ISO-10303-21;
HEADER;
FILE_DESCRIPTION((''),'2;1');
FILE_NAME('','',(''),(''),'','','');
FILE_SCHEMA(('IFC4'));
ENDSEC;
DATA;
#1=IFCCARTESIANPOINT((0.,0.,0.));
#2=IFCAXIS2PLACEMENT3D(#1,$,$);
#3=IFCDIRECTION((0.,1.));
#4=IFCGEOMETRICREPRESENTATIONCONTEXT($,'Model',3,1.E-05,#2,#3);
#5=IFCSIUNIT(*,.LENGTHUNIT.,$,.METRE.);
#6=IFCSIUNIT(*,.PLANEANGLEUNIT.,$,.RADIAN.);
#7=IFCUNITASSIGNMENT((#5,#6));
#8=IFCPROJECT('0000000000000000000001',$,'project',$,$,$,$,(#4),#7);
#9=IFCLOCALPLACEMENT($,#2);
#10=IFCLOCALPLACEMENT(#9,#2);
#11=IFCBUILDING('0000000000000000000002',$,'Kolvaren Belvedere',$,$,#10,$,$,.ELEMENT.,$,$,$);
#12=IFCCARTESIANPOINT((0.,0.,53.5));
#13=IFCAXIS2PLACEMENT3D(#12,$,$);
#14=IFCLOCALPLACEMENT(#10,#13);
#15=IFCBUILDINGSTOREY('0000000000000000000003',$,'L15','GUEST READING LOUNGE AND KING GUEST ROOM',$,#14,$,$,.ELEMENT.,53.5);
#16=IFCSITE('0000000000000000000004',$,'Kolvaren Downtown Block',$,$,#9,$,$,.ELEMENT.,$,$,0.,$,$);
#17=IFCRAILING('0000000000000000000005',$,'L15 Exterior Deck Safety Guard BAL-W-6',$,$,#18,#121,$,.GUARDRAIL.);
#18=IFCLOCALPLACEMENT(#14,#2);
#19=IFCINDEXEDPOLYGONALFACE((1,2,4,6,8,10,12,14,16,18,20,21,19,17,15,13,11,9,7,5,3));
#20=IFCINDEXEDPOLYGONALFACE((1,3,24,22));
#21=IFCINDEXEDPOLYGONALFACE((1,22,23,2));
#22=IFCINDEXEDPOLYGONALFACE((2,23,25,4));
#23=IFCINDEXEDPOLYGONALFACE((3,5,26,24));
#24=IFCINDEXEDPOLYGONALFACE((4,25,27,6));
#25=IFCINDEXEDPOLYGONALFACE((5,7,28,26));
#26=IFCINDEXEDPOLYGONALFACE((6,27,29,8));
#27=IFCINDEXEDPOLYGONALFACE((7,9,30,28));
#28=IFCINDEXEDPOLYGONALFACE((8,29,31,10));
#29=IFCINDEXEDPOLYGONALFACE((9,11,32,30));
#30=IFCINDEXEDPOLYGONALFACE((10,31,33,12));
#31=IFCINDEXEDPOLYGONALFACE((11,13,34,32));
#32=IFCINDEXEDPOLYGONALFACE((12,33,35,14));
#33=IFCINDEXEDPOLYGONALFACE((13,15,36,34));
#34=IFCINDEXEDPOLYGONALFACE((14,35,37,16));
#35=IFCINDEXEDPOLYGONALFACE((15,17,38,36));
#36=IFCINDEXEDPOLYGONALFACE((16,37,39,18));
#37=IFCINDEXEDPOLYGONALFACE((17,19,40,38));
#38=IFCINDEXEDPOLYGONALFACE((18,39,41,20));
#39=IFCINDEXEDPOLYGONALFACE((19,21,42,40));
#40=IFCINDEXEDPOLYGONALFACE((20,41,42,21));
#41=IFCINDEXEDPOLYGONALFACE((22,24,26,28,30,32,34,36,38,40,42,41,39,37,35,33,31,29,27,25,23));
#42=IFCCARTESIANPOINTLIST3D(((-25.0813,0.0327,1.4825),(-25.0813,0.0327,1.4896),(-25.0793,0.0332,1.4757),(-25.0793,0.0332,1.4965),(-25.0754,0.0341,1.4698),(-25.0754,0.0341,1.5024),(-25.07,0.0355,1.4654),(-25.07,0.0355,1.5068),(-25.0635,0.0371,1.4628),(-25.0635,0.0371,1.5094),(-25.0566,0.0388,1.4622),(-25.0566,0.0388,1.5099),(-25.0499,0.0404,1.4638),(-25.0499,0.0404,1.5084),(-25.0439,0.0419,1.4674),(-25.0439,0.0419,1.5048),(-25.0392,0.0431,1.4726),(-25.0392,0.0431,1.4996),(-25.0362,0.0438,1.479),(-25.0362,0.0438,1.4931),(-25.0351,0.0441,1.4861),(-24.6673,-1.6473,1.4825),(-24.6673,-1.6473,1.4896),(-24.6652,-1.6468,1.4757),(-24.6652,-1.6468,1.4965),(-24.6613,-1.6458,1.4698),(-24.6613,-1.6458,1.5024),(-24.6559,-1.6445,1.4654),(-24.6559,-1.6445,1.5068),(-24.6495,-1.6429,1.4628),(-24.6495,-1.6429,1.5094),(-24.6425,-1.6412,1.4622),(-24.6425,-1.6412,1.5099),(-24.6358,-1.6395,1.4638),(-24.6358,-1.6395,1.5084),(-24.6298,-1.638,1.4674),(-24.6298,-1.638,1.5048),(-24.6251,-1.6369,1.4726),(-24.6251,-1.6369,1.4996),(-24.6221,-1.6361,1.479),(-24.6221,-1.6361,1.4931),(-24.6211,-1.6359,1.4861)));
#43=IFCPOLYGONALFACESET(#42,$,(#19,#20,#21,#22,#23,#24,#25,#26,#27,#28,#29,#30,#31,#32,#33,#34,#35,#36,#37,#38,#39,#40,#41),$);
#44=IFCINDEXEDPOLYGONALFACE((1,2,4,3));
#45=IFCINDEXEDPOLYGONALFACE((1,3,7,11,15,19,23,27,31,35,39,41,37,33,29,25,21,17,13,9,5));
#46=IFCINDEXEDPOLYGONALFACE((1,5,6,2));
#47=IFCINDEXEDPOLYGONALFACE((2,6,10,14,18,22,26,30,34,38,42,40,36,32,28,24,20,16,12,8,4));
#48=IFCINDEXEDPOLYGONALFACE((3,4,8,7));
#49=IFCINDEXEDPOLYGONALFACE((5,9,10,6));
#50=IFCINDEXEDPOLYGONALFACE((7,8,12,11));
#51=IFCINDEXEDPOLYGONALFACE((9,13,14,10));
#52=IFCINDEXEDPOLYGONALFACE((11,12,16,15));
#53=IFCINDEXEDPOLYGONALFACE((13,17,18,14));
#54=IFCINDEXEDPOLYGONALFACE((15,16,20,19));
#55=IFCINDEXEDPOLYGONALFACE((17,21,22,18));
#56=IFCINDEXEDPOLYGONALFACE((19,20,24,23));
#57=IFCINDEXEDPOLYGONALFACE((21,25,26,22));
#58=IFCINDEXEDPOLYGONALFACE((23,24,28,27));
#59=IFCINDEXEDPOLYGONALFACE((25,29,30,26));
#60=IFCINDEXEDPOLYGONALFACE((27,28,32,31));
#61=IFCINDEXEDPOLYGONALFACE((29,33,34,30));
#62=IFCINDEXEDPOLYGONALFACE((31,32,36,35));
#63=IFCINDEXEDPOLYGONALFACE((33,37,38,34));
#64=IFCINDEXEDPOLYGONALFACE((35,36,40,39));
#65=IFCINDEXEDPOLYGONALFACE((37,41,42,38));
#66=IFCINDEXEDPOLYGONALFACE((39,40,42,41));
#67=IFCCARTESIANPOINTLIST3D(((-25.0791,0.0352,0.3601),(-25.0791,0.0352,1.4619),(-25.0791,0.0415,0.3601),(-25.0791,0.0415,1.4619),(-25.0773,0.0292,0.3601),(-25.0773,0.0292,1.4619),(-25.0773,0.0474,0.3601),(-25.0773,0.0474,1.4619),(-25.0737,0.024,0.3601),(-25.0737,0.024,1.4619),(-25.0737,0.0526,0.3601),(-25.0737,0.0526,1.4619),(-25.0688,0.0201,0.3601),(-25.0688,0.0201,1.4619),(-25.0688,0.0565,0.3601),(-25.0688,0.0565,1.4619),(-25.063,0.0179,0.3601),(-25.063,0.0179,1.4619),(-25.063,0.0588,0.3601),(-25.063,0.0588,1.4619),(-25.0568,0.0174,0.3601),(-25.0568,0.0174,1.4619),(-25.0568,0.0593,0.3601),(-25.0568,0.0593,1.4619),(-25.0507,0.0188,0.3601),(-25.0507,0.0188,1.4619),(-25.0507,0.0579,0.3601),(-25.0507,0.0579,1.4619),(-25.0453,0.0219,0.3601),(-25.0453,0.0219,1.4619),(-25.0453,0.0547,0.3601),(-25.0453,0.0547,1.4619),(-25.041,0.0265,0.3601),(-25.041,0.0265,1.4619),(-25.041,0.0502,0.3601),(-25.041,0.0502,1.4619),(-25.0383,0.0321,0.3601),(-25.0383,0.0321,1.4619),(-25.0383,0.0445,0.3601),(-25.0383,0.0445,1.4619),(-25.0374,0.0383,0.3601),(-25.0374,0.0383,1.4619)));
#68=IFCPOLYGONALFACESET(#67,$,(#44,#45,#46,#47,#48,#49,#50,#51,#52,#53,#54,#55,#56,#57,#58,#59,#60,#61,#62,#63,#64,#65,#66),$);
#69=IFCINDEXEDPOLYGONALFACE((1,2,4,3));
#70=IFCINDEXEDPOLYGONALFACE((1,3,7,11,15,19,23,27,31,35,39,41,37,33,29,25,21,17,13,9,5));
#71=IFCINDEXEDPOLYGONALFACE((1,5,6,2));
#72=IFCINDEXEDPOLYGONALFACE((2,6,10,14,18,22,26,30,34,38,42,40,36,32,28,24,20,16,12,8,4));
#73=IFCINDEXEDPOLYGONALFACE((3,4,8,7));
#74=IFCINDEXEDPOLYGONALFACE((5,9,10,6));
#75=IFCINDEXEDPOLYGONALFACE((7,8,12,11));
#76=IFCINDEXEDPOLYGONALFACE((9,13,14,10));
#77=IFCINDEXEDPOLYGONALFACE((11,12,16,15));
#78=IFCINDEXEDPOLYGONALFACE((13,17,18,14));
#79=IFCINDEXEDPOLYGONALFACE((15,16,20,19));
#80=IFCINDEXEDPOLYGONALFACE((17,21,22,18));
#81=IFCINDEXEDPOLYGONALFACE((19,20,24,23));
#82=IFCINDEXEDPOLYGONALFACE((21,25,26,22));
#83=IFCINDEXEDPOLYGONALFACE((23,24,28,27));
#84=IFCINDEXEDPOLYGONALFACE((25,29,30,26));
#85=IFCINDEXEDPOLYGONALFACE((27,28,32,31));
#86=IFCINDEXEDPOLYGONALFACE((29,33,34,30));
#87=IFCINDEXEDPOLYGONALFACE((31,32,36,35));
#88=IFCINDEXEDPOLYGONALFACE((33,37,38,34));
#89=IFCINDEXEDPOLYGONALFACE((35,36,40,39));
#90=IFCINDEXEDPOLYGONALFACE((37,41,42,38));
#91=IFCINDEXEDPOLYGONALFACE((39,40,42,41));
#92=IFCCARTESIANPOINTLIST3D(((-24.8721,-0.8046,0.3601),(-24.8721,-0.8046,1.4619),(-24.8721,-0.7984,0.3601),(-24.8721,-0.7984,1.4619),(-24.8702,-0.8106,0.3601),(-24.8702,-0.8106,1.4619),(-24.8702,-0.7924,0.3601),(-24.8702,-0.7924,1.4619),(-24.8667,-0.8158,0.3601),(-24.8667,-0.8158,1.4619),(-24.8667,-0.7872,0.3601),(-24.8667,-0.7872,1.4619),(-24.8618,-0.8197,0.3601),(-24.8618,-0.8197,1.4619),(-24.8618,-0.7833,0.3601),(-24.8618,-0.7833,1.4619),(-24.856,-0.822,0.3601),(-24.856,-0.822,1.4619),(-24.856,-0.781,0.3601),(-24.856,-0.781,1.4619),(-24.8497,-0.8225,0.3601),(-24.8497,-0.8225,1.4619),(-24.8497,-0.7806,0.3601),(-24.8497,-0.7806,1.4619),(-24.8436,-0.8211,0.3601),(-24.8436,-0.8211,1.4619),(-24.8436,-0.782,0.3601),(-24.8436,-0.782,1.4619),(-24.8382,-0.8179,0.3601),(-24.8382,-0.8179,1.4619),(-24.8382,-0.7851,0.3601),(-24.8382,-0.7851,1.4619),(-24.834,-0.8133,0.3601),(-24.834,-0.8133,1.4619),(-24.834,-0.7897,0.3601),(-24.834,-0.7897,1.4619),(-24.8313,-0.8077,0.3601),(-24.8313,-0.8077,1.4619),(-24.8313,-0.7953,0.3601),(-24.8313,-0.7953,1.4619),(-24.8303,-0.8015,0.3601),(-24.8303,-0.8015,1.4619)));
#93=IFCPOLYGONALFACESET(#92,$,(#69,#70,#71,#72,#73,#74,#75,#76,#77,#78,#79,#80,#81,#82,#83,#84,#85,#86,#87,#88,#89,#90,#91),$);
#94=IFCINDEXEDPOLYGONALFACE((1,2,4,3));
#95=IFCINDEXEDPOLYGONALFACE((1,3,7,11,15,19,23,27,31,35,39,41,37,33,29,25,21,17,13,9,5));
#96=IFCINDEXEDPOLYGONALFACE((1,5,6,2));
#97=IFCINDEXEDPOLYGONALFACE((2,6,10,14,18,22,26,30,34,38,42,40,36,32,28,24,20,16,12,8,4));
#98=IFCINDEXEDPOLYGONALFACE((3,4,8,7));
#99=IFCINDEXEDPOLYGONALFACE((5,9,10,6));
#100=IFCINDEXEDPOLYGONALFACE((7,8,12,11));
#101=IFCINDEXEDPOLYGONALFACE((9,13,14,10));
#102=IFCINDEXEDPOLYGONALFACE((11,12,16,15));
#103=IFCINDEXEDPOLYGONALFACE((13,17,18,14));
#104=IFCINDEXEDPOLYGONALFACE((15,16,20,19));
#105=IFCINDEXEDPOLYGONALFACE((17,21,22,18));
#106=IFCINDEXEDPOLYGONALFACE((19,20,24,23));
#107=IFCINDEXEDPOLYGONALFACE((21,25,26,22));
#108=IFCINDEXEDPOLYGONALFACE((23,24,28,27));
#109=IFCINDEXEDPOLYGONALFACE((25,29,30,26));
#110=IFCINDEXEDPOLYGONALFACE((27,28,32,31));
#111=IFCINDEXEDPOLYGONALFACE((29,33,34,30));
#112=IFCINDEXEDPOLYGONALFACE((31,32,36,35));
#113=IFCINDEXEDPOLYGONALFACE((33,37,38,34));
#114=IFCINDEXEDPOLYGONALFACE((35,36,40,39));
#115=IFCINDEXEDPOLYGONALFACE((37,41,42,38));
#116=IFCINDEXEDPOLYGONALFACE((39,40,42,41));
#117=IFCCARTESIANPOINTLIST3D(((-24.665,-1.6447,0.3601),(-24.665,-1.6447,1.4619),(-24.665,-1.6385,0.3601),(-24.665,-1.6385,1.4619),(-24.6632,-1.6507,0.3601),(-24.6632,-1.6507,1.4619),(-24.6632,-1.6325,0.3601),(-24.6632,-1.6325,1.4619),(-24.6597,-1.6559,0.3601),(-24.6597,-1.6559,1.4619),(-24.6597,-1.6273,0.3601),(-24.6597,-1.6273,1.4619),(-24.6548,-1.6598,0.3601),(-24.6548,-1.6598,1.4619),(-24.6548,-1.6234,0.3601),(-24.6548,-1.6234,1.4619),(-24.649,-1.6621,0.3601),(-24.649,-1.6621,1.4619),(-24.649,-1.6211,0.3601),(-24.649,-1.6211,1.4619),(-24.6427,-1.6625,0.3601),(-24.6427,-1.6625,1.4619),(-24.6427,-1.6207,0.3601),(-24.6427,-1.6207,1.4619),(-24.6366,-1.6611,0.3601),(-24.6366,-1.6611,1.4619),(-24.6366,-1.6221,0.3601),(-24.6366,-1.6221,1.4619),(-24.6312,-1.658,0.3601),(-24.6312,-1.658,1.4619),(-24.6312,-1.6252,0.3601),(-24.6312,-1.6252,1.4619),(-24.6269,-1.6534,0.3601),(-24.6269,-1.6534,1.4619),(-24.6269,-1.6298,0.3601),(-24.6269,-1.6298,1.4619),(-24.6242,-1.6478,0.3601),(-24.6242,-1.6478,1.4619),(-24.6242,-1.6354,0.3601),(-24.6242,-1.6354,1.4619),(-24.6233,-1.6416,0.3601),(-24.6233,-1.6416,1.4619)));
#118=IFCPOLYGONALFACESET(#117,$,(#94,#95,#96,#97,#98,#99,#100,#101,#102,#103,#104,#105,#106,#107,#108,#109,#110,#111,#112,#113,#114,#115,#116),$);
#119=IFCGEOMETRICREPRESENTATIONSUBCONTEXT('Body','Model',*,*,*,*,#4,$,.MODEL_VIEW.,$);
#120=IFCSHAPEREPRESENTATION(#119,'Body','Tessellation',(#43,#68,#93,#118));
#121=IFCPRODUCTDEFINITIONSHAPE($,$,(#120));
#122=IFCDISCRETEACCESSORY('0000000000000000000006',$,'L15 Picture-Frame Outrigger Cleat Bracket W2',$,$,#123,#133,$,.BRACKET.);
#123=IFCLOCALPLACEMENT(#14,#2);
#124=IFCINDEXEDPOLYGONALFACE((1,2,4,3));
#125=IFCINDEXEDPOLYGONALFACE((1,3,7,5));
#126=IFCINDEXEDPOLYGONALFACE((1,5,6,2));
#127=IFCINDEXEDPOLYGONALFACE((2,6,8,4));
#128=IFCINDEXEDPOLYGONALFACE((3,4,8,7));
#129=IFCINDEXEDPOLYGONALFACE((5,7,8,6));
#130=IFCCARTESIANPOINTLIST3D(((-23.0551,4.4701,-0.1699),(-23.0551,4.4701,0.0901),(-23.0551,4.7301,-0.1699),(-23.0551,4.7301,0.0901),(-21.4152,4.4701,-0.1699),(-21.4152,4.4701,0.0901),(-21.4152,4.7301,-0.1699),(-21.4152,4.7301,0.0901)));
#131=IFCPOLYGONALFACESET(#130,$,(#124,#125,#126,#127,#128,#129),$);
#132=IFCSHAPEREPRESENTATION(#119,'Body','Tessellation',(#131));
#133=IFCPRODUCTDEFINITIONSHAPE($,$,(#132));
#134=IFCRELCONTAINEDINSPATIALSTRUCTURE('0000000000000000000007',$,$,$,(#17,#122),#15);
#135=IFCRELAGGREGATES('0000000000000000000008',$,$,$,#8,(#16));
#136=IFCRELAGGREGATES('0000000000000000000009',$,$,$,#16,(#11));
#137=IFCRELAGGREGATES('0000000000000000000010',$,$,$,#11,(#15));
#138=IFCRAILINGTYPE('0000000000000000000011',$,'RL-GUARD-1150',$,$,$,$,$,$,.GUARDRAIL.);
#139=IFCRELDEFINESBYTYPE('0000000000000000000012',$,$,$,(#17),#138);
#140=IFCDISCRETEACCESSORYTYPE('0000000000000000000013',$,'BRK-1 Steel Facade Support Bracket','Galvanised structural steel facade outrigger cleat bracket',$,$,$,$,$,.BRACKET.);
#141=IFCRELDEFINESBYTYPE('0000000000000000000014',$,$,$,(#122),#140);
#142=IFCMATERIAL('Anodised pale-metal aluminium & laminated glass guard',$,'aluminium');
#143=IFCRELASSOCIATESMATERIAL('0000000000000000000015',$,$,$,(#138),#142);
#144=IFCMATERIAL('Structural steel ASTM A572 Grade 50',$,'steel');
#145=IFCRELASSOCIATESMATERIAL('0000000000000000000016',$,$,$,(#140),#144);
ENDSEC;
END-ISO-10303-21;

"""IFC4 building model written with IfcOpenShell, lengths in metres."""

from ifc_helpers import new_model, si_unit, direction, frame, origin, origin_2d, place, context, subcontext, project, spatial, rectangle, circle, extrude, material, type_object, element, save


model = new_model("IFC4")

# Units and contexts
model_context = context("Model", 3, precision=1e-05, world=origin(), true_north=direction((0.0, 1.0)))
body_context = subcontext(model_context, "Body", "Model", "MODEL_VIEW")
ifc_project = project(units=[si_unit("LENGTHUNIT", "METRE"), si_unit("PLANEANGLEUNIT", "RADIAN")], contexts=[model_context])

# Site, building, storey
site_placement = place(None, origin())
site = spatial("IfcSite", under=ifc_project, at=site_placement, Name="Kolvaren Downtown Block", CompositionType="ELEMENT", RefElevation=0.0)
building_placement = place(site_placement, origin())
building = spatial("IfcBuilding", under=site, at=building_placement, Name="Kolvaren Belvedere", CompositionType="ELEMENT")
storey_placement = place(building_placement, frame((0.0, 0.0, 53.5)))
storey = spatial("IfcBuildingStorey", under=building, at=storey_placement, Name="L15", Description="GUEST READING LOUNGE AND KING GUEST ROOM", CompositionType="ELEMENT", Elevation=53.5)

# Railing
ifc_material_1 = material(Name="Anodised pale-metal aluminium & laminated glass guard", Category="aluminium")
railing_type = type_object("IfcRailingType", Name="RL-GUARD-1150", PredefinedType="GUARDRAIL", material=ifc_material_1)
railing_1_placement = place(storey_placement, frame((-25.0583, 0.0383, 0.3601)))
element("IfcRailing", 1, at=railing_1_placement, inside=storey, type_object=railing_type, Name="L15 Exterior Deck Safety Guard BAL-W-6", PredefinedType="GUARDRAIL", context=body_context, shape_type="SweptSolid", body=[
    extrude(circle(Radius=0.0239, at=origin_2d()), frame((0.0, 0.0, 1.126), z_axis=(0.239314, -0.970942, 0.0), x_axis=(0.970942, 0.239314, 0.0)), (0.0, 0.0, 1.0), 1.7302),
    extrude(circle(Radius=0.021, at=origin_2d()), origin(), (0.0, 0.0, 1.0), 1.1018),
    extrude(circle(Radius=0.021, at=origin_2d()), frame((0.207, -0.8398, 0.0)), (0.0, 0.0, 1.0), 1.1018),
    extrude(circle(Radius=0.021, at=origin_2d()), frame((0.4141, -1.6799, 0.0)), (0.0, 0.0, 1.0), 1.1018),
])

# Discrete accessory
ifc_material_2 = material(Name="Structural steel ASTM A572 Grade 50", Category="steel")
discrete_accessory_type = type_object("IfcDiscreteAccessoryType", Name="BRK-1 Steel Facade Support Bracket", Description="Galvanised structural steel facade outrigger cleat bracket", PredefinedType="BRACKET", material=ifc_material_2)
discrete_accessory_placement = place(storey_placement, frame((-22.2351, 4.6001, -0.1699), z_axis=(0.0, 0.0, 1.0), x_axis=(1.0, 0.0, 0.0)))
element("IfcDiscreteAccessory", 2, at=discrete_accessory_placement, inside=storey, type_object=discrete_accessory_type, Name="L15 Picture-Frame Outrigger Cleat Bracket W2", PredefinedType="BRACKET", context=body_context, shape_type="SweptSolid", body=[
    extrude(rectangle(XDim=1.6399, YDim=0.26, at=origin_2d()), origin(), (0.0, 0.0, 1.0), 0.26),
])

save(model, "model.ifc")
